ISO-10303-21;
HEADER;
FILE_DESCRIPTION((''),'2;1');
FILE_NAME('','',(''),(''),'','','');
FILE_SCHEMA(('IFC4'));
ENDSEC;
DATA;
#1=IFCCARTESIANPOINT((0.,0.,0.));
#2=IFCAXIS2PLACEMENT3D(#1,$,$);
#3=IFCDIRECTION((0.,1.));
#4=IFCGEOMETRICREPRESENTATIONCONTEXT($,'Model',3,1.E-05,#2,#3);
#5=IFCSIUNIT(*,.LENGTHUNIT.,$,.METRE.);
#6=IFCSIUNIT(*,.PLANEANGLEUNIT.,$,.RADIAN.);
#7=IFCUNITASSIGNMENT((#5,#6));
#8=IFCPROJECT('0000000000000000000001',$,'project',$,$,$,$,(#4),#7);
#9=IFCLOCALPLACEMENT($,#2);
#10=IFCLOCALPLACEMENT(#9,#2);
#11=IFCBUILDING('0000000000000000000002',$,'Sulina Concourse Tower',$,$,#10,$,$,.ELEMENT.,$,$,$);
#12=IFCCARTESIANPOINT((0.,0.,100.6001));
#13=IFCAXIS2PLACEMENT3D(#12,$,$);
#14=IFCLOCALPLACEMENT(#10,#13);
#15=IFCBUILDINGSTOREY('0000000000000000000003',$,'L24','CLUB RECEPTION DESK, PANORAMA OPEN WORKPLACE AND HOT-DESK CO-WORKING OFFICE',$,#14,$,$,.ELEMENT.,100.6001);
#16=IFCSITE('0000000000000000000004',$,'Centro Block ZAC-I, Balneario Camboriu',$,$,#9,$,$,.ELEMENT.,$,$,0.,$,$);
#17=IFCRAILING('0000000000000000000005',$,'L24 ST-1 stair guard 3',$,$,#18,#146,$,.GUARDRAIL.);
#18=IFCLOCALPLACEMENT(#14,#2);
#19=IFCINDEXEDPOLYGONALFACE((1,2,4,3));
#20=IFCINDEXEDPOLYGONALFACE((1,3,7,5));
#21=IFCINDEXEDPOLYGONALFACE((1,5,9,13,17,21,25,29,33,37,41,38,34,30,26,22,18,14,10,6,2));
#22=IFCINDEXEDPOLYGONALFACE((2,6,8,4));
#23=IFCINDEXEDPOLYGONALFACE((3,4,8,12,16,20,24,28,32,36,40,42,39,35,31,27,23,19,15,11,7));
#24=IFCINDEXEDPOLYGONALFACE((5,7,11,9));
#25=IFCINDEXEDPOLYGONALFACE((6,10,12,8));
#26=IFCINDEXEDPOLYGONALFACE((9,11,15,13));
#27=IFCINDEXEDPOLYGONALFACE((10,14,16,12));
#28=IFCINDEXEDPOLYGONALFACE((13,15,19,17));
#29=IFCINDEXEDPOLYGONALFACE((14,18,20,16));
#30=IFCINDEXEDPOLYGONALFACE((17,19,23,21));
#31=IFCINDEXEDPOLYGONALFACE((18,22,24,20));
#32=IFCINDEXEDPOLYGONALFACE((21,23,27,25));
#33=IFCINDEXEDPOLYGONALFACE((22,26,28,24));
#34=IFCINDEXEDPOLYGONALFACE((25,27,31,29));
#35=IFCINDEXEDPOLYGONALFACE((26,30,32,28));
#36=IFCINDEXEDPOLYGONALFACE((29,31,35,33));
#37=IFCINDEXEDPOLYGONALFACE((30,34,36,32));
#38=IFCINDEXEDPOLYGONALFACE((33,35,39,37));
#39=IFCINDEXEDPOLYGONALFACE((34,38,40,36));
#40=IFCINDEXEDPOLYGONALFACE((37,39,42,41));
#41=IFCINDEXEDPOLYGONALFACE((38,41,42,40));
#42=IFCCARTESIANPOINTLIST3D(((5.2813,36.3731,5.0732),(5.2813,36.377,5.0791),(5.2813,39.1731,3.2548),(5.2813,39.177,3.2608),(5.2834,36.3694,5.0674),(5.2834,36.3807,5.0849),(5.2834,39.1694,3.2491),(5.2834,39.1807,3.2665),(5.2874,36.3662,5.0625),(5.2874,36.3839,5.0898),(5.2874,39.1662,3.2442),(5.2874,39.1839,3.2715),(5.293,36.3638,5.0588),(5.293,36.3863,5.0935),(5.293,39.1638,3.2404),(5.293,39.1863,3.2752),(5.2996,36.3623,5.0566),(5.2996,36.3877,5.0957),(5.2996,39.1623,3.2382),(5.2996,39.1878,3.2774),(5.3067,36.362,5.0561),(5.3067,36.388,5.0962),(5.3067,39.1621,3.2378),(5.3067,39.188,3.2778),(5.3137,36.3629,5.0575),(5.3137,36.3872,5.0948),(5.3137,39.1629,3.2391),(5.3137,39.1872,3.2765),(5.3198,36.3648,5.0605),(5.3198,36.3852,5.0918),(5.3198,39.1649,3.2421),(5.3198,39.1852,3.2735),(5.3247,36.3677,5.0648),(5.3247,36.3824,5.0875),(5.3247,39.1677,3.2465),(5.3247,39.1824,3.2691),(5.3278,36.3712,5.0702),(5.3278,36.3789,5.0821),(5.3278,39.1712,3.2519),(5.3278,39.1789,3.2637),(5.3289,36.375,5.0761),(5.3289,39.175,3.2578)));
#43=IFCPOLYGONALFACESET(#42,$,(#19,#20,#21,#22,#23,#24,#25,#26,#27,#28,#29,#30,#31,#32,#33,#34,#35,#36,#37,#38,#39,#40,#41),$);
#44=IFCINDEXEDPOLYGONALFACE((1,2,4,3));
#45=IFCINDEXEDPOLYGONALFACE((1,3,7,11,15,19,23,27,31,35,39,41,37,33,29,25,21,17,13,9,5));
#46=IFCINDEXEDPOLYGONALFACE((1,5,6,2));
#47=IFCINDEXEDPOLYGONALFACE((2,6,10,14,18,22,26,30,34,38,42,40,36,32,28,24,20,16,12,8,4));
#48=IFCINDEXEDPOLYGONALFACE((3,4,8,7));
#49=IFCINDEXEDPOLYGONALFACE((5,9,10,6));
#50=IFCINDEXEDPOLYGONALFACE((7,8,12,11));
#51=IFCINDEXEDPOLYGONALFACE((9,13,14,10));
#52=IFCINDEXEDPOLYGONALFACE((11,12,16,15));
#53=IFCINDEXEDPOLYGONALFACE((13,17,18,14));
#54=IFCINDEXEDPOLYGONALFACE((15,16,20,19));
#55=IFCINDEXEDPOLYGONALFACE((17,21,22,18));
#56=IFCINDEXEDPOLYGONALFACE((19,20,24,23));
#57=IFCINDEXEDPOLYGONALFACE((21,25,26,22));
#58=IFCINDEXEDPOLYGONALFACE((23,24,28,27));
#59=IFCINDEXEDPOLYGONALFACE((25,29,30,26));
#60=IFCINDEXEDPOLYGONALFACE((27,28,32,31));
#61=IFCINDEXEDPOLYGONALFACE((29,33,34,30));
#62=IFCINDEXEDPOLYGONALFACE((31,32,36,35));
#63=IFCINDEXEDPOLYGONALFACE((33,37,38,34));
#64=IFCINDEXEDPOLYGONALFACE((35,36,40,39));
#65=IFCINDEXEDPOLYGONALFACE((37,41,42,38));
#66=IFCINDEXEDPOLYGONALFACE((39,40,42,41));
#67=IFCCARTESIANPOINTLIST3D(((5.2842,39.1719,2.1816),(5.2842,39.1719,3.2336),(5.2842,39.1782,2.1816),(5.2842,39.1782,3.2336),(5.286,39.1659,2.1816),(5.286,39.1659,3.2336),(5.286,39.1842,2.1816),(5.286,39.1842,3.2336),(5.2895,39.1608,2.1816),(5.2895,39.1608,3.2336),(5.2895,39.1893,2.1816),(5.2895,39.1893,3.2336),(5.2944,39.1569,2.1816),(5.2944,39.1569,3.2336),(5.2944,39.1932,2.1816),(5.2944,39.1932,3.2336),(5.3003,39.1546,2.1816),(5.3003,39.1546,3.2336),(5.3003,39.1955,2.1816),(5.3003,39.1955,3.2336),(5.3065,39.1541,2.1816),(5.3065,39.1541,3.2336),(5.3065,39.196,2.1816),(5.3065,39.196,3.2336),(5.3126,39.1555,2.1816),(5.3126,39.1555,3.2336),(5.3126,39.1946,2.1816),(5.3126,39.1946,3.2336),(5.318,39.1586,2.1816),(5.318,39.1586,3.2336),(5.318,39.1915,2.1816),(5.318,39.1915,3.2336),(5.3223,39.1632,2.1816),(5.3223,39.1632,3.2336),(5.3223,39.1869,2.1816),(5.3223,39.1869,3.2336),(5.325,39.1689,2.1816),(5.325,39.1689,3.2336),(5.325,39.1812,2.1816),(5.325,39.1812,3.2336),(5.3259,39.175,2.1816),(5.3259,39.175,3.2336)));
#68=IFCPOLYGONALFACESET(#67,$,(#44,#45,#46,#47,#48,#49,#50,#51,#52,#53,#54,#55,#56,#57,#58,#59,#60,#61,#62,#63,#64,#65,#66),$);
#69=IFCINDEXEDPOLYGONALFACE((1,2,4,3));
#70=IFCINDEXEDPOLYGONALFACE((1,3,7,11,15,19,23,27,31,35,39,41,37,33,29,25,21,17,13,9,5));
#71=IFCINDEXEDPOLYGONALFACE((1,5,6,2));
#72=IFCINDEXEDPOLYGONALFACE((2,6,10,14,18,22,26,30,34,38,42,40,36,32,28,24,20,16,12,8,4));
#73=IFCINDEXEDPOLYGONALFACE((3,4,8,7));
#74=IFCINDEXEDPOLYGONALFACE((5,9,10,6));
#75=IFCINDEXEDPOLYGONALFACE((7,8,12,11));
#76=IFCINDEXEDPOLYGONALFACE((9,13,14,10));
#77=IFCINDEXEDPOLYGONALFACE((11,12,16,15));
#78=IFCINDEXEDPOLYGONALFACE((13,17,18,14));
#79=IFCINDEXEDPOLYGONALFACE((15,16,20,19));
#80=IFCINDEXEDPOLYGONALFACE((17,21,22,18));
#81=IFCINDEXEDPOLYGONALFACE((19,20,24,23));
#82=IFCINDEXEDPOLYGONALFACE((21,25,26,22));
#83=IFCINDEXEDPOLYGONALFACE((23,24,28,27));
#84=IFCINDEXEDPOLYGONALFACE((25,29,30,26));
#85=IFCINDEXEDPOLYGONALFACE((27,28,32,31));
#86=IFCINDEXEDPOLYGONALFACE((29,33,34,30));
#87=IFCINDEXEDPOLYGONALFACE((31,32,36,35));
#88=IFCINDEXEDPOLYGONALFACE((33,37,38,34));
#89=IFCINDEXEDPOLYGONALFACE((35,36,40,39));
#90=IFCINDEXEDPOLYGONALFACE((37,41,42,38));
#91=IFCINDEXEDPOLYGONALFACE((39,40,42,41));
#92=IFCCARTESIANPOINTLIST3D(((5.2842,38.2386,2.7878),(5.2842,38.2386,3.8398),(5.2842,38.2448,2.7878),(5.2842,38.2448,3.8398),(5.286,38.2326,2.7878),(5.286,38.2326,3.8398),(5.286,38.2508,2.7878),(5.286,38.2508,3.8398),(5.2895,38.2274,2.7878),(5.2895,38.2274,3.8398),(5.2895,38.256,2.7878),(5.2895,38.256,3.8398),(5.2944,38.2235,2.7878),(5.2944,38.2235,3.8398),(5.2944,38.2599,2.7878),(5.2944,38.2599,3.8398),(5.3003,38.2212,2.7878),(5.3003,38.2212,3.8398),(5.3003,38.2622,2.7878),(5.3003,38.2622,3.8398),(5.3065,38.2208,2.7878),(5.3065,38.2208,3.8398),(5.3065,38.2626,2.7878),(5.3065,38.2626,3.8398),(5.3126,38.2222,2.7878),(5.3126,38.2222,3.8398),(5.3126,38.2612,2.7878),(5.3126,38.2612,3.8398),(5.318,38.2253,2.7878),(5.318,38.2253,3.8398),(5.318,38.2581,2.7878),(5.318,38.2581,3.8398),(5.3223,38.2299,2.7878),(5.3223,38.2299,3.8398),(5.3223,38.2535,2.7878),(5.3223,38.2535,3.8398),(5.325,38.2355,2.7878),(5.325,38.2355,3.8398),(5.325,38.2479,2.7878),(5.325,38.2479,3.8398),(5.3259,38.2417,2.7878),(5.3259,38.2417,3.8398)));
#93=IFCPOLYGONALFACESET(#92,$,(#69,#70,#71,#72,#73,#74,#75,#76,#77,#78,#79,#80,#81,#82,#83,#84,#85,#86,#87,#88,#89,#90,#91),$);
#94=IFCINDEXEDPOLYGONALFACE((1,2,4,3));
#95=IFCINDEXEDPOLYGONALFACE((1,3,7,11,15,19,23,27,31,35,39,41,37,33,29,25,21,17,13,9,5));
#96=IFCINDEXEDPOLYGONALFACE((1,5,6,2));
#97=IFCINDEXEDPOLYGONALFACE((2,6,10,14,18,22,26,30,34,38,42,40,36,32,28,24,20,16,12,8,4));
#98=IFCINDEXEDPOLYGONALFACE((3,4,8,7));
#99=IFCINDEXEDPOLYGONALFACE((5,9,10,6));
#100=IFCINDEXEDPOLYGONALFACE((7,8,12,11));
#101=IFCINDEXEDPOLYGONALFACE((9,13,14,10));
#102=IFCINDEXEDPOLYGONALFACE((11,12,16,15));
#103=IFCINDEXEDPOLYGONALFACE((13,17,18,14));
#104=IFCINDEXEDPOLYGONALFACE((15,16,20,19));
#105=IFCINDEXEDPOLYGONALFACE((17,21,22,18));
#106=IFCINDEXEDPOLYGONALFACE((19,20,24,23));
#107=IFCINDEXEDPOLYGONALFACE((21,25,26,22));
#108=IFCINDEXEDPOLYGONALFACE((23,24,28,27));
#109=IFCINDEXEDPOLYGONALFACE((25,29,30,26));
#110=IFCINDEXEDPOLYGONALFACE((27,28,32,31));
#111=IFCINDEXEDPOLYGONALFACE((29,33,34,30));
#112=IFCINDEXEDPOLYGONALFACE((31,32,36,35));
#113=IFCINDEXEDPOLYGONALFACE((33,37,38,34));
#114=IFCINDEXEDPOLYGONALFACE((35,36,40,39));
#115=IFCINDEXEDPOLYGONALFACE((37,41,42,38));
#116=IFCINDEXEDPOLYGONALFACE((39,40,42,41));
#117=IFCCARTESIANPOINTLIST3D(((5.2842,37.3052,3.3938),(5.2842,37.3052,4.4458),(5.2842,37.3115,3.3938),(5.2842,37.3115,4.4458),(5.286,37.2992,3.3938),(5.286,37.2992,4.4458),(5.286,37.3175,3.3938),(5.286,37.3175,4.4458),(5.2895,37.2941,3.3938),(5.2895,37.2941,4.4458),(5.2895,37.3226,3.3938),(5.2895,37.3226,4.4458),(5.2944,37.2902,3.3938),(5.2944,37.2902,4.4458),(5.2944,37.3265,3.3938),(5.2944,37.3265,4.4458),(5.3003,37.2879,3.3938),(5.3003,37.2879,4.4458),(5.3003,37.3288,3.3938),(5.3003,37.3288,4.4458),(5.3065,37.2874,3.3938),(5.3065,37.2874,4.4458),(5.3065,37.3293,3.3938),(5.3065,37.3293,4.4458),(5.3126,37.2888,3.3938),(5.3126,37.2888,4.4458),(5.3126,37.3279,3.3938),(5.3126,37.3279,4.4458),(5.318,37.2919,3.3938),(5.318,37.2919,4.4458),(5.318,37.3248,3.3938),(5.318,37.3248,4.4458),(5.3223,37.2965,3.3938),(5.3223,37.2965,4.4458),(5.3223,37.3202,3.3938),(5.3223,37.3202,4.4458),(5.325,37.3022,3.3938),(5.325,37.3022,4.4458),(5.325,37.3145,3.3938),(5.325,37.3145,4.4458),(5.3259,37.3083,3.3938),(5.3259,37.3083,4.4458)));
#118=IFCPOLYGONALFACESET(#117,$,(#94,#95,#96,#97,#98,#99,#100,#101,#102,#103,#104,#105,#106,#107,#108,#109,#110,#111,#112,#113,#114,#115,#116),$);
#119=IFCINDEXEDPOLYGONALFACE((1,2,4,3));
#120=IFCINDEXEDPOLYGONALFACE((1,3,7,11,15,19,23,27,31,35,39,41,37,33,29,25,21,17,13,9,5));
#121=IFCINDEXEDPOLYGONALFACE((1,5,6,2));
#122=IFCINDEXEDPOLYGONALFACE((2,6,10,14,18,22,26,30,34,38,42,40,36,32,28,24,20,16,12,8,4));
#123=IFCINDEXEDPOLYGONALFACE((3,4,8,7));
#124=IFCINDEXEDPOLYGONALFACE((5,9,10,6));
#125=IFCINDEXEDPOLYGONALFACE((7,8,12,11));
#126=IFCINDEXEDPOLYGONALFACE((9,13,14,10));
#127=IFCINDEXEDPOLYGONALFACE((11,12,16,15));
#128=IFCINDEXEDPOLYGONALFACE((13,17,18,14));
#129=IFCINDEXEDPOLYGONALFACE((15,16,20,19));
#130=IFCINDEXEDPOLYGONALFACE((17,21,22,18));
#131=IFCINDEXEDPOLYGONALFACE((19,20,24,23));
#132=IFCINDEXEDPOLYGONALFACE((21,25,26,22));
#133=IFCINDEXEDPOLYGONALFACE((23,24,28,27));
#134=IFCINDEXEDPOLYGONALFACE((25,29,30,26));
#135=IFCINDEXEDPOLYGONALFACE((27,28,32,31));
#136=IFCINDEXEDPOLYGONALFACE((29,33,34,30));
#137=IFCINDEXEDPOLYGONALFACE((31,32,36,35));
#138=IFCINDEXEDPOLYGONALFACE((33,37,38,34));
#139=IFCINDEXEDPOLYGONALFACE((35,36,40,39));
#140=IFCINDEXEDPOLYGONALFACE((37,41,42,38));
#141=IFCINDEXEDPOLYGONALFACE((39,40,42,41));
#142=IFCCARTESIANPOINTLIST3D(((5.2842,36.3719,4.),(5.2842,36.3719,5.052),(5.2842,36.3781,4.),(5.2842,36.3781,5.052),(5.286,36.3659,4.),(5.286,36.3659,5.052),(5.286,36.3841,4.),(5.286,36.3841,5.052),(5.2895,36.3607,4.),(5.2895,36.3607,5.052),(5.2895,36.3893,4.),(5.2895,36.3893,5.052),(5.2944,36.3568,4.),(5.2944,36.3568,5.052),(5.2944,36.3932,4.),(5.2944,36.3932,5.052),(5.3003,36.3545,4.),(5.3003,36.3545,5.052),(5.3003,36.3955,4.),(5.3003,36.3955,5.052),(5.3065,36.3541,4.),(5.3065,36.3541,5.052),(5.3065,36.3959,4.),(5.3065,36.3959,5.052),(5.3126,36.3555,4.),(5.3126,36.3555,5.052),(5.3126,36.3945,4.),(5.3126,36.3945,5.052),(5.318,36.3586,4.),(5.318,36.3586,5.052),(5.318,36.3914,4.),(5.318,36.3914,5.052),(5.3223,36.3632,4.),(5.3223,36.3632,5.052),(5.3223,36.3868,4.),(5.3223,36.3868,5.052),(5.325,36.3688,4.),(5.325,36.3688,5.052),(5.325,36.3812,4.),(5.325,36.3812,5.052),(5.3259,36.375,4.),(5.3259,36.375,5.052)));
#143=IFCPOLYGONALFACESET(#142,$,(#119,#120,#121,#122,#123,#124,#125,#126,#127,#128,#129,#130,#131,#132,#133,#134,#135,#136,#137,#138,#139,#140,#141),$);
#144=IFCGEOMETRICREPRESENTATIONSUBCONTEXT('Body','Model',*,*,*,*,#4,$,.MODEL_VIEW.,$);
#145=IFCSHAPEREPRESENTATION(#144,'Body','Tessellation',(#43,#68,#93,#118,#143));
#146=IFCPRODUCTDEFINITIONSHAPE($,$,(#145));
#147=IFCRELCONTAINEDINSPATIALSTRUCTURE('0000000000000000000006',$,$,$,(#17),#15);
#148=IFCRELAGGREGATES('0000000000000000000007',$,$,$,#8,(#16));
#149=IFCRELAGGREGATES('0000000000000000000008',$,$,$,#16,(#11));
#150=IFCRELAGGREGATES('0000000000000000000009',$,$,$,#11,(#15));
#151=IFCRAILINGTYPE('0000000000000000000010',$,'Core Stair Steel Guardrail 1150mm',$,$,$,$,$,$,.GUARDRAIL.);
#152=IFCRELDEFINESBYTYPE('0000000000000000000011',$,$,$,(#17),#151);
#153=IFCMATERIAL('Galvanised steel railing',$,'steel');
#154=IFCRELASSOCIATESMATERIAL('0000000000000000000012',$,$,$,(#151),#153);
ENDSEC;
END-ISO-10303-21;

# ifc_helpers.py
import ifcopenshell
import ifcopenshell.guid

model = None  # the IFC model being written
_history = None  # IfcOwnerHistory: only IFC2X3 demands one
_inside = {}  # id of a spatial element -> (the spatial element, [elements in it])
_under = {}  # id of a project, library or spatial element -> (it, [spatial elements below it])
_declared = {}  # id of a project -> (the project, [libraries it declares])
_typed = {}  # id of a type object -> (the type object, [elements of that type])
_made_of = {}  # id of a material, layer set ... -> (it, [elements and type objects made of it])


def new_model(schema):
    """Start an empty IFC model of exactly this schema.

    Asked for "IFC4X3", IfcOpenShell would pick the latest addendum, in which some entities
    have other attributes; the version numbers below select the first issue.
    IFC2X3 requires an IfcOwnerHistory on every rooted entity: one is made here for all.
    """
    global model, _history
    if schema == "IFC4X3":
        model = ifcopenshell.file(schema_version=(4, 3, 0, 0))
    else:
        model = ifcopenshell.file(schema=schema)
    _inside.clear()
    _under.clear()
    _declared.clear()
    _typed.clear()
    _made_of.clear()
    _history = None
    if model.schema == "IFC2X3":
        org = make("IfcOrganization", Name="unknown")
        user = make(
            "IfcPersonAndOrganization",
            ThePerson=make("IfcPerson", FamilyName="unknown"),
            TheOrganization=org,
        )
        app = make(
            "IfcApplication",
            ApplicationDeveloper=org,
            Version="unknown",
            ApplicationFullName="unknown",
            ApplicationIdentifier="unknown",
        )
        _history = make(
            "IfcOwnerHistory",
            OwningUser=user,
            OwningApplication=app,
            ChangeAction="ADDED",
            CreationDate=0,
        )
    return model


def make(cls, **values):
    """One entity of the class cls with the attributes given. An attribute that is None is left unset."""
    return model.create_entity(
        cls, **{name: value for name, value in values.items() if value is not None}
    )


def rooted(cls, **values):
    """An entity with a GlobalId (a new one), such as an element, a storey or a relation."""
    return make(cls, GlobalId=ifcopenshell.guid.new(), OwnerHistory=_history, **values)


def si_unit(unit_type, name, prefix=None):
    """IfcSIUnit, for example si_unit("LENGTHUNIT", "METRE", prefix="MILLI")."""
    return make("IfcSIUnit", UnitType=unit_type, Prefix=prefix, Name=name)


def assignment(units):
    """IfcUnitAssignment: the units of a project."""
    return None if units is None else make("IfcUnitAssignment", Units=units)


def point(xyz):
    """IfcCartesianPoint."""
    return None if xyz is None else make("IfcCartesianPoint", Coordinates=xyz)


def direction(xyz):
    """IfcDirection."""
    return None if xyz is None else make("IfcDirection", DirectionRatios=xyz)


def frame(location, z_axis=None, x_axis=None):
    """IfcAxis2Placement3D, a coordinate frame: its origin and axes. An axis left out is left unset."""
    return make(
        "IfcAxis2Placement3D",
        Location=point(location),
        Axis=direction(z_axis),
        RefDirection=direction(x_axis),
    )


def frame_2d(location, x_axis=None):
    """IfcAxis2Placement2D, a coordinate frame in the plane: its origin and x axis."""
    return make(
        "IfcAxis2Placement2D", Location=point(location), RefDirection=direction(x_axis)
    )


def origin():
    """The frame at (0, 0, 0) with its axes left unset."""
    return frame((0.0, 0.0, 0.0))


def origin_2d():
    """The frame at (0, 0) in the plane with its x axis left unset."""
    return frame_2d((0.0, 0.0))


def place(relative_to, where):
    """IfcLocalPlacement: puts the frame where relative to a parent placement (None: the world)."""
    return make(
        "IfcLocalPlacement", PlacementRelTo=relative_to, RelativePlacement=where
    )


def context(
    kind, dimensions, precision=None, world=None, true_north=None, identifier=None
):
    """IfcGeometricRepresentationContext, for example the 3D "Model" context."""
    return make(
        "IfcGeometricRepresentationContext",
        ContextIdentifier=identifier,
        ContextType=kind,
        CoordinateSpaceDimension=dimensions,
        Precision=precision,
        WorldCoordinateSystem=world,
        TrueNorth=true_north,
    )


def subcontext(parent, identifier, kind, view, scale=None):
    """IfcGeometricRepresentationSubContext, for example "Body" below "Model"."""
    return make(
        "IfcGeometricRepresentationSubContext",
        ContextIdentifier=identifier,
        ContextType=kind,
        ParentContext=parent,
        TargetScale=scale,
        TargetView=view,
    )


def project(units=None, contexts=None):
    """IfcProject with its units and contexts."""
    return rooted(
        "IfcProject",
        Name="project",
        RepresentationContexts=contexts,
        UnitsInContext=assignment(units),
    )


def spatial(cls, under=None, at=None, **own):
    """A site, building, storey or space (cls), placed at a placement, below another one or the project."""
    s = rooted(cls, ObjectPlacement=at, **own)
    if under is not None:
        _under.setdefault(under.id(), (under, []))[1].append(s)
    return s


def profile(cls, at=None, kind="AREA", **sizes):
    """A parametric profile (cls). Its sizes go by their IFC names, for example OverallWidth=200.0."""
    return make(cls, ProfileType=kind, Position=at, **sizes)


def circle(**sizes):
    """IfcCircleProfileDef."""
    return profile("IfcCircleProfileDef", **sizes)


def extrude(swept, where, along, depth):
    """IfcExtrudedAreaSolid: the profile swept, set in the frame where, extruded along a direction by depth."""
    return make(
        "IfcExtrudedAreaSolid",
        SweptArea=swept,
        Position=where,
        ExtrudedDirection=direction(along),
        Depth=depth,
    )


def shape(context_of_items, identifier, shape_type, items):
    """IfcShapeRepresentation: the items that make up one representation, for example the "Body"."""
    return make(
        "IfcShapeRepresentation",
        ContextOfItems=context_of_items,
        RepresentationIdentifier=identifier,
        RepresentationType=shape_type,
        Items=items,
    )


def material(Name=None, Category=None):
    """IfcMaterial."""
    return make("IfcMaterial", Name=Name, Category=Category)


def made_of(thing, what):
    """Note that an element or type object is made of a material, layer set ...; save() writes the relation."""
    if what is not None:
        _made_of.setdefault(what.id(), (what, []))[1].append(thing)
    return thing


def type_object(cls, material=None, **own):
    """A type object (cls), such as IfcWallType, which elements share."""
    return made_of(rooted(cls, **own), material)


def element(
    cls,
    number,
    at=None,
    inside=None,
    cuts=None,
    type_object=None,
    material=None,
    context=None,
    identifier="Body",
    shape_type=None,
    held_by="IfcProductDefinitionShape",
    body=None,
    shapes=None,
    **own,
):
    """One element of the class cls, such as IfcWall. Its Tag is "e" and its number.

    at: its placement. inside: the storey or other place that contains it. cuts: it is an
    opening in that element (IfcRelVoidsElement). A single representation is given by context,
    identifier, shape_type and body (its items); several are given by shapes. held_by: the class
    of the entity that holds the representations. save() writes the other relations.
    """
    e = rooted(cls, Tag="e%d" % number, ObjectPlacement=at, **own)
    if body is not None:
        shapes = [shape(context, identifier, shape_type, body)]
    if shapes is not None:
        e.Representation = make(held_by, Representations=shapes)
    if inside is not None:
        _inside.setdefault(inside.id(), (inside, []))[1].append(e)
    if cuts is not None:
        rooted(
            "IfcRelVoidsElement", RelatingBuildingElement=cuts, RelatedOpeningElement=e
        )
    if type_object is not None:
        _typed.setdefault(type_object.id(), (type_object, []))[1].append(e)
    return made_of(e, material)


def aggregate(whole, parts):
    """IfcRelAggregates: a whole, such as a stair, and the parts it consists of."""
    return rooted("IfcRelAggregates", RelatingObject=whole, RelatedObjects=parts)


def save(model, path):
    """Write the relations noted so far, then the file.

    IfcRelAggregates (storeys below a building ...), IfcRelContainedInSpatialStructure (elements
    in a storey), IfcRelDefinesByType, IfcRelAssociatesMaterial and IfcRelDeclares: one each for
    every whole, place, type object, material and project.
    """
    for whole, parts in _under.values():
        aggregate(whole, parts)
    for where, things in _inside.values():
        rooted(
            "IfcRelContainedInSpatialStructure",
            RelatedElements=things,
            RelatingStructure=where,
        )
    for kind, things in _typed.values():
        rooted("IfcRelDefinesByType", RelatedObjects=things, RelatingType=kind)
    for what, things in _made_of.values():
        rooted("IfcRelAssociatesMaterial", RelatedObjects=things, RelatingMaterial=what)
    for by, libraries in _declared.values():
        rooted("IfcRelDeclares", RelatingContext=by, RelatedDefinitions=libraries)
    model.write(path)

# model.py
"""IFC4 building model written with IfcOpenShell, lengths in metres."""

from ifc_helpers import new_model, si_unit, direction, frame, origin, origin_2d, place, context, subcontext, project, spatial, circle, extrude, material, type_object, element, save


model = new_model("IFC4")

# Units and contexts
model_context = context("Model", 3, precision=1e-05, world=origin(), true_north=direction((0.0, 1.0)))
body_context = subcontext(model_context, "Body", "Model", "MODEL_VIEW")
ifc_project = project(units=[si_unit("LENGTHUNIT", "METRE"), si_unit("PLANEANGLEUNIT", "RADIAN")], contexts=[model_context])

# Site, building, storey
site_placement = place(None, origin())
site = spatial("IfcSite", under=ifc_project, at=site_placement, Name="Centro Block ZAC-I, Balneario Camboriu", CompositionType="ELEMENT", RefElevation=0.0)
building_placement = place(site_placement, origin())
building = spatial("IfcBuilding", under=site, at=building_placement, Name="Sulina Concourse Tower", CompositionType="ELEMENT")
storey_placement = place(building_placement, frame((0.0, 0.0, 100.6001)))
storey = spatial("IfcBuildingStorey", under=building, at=storey_placement, Name="L24", Description="CLUB RECEPTION DESK, PANORAMA OPEN WORKPLACE AND HOT-DESK CO-WORKING OFFICE", CompositionType="ELEMENT", Elevation=100.6001)

# Railing
ifc_material_1 = material(Name="Galvanised steel railing", Category="steel")
railing_type_1 = type_object("IfcRailingType", Name="Core Stair Steel Guardrail 1150mm", PredefinedType="GUARDRAIL", material=ifc_material_1)
railing_1_placement = place(storey_placement, frame((5.3049, 39.175, 2.1816)))
element("IfcRailing", 1, at=railing_1_placement, inside=storey, type_object=railing_type_1, Name="L24 ST-1 stair guard 3", PredefinedType="GUARDRAIL", context=body_context, shape_type="SweptSolid", body=[
    extrude(circle(Radius=0.0239, at=origin_2d()), frame((0.0, 0.0, 1.0762), z_axis=(0.0, -0.838672, 0.544636), x_axis=(1.0, 0.0, 0.0)), (0.0, 0.0, 1.0), 3.3386),
    extrude(circle(Radius=0.021, at=origin_2d()), origin(), (0.0, 0.0, 1.0), 1.052),
    extrude(circle(Radius=0.021, at=origin_2d()), frame((0.0, -0.9333, 0.6062)), (0.0, 0.0, 1.0), 1.052),
    extrude(circle(Radius=0.021, at=origin_2d()), frame((0.0, -1.8667, 1.2122)), (0.0, 0.0, 1.0), 1.052),
    extrude(circle(Radius=0.021, at=origin_2d()), frame((0.0, -2.8, 1.8184)), (0.0, 0.0, 1.0), 1.052),
])

save(model, "model.ifc")
